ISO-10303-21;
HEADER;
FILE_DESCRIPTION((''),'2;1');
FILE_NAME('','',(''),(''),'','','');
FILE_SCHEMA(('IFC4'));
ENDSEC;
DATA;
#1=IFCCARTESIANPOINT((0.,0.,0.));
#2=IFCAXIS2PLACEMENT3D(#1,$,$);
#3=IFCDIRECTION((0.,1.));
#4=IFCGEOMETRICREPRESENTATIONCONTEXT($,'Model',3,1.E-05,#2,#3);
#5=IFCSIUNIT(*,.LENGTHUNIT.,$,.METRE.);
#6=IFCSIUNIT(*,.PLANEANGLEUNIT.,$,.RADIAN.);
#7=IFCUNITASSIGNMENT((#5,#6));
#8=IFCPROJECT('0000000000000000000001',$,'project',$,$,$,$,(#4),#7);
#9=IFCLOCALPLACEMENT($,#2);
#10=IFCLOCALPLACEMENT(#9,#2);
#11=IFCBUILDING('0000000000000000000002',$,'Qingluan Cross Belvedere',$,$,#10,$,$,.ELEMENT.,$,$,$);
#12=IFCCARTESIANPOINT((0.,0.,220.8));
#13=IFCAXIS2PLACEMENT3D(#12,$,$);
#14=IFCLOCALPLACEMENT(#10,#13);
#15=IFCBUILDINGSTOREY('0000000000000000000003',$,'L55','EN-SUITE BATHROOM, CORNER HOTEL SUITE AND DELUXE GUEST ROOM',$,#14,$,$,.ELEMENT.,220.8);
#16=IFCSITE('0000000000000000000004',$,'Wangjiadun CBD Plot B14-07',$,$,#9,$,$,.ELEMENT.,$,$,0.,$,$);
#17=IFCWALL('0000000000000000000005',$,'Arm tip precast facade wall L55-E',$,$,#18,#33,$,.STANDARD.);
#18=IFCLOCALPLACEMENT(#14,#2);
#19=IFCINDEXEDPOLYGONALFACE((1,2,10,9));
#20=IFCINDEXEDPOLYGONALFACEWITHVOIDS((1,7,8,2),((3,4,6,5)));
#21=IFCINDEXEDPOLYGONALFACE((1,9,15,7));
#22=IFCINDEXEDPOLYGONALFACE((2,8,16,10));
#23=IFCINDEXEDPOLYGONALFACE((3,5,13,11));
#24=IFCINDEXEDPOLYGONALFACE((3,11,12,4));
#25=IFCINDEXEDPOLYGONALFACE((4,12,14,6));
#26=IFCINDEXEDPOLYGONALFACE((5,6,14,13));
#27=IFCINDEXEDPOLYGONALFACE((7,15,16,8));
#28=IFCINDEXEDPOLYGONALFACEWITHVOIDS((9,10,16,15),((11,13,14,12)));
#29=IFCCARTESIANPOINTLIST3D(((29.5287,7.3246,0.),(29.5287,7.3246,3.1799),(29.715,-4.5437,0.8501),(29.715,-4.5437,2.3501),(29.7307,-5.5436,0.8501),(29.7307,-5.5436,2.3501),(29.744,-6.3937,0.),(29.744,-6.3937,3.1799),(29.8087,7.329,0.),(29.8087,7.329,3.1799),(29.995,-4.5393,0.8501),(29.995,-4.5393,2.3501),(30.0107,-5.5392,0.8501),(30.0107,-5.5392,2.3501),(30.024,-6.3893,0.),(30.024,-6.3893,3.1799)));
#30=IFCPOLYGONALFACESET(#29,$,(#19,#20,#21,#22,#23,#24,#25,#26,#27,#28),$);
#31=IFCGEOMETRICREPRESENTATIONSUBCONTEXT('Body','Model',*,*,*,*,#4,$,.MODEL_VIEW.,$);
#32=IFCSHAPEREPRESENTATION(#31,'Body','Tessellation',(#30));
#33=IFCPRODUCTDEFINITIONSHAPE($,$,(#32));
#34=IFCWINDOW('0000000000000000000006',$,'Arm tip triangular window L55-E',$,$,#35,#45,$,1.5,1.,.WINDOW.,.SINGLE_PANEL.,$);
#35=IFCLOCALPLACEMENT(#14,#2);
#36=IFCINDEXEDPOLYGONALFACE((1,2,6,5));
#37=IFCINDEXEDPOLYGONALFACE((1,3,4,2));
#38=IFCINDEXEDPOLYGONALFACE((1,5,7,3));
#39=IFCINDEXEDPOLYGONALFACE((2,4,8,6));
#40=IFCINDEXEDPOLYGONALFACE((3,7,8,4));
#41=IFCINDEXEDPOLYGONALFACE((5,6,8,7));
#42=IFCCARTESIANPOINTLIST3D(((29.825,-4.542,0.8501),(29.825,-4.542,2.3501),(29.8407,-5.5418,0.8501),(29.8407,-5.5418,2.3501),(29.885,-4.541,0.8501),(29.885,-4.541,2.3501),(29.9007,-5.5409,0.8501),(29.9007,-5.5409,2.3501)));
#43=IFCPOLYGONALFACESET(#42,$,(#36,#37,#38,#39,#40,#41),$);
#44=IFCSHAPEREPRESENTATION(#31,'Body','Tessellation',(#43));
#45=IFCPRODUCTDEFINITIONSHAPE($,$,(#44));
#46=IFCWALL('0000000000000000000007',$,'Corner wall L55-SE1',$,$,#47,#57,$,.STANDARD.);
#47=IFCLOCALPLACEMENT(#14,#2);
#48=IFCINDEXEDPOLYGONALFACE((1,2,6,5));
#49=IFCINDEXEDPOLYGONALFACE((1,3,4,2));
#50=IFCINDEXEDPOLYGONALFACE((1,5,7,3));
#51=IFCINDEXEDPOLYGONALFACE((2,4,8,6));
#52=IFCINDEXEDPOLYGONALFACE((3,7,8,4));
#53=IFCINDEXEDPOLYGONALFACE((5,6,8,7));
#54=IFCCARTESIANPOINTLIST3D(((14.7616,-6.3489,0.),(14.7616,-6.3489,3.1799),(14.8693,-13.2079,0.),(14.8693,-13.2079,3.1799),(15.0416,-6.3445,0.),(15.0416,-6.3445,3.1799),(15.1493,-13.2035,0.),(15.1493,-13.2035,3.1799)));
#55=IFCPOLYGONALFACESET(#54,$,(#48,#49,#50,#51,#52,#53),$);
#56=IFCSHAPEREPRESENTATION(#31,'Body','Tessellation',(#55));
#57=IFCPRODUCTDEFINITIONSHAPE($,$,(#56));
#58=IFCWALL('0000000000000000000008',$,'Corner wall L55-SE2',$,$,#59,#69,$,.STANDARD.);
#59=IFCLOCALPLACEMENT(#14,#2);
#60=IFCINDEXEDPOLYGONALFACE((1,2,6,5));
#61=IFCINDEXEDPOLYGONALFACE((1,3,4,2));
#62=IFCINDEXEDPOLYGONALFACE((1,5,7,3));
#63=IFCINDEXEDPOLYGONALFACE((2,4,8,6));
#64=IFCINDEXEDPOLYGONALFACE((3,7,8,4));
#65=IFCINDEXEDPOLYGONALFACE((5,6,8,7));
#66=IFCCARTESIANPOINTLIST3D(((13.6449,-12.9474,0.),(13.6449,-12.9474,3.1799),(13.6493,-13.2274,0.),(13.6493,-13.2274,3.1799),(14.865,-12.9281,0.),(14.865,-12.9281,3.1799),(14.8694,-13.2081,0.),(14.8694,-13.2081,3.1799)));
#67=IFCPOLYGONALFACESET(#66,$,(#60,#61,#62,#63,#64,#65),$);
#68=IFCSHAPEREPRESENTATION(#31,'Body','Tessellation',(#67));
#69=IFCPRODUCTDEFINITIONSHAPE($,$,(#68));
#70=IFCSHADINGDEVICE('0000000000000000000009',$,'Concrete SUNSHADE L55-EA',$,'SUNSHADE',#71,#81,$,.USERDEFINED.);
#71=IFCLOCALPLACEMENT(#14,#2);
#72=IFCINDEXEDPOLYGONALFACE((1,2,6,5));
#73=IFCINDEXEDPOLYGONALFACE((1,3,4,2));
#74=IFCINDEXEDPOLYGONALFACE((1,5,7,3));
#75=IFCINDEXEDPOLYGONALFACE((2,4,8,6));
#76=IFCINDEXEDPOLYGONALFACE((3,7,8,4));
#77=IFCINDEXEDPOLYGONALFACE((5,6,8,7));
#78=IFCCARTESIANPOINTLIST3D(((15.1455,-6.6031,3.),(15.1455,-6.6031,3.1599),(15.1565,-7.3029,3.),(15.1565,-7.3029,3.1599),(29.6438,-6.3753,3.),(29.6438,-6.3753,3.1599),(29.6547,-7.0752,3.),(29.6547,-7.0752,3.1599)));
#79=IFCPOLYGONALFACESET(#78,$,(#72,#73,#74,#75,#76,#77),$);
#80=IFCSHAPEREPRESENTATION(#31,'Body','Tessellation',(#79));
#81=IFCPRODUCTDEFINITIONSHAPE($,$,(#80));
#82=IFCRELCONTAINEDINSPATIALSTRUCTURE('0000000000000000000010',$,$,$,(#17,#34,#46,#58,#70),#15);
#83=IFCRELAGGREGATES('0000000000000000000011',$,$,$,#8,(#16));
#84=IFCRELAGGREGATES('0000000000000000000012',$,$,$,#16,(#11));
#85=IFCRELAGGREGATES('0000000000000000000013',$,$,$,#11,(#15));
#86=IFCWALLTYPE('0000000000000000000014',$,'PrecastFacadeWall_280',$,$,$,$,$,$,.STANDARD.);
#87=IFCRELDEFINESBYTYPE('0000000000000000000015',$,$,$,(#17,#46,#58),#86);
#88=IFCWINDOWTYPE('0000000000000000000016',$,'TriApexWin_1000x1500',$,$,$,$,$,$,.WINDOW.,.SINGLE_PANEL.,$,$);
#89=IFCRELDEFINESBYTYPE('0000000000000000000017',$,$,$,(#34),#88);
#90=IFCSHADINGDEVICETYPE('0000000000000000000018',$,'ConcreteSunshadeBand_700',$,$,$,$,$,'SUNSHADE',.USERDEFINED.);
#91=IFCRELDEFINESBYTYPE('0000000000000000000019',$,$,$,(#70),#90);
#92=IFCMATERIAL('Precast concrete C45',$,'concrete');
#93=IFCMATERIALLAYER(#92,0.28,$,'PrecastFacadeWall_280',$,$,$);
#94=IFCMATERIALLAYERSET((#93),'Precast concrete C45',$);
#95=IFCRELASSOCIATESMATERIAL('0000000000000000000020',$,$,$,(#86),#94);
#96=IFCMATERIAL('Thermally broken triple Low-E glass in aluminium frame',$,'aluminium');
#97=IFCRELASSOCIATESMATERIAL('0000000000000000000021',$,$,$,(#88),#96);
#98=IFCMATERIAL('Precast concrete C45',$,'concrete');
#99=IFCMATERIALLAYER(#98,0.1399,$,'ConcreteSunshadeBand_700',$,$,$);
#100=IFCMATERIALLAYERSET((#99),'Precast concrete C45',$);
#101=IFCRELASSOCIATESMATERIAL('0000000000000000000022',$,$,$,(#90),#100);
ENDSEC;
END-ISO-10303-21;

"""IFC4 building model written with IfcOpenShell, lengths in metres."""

from ifc_helpers import new_model, si_unit, direction, frame, frame_2d, origin, origin_2d, place, context, subcontext, project, spatial, rectangle, extrude, material, layer, layer_set, type_object, element, fill, save


model = new_model("IFC4")

# Units and contexts
model_context = context("Model", 3, precision=1e-05, world=origin(), true_north=direction((0.0, 1.0)))
body_context = subcontext(model_context, "Body", "Model", "MODEL_VIEW")
ifc_project = project(units=[si_unit("LENGTHUNIT", "METRE"), si_unit("PLANEANGLEUNIT", "RADIAN")], contexts=[model_context])

# Site, building, storey
site_placement = place(None, origin())
site = spatial("IfcSite", under=ifc_project, at=site_placement, Name="Wangjiadun CBD Plot B14-07", CompositionType="ELEMENT", RefElevation=0.0)
building_placement = place(site_placement, origin())
building = spatial("IfcBuilding", under=site, at=building_placement, Name="Qingluan Cross Belvedere", CompositionType="ELEMENT")
storey_placement = place(building_placement, frame((0.0, 0.0, 220.8)))
storey = spatial("IfcBuildingStorey", under=building, at=storey_placement, Name="L55", Description="EN-SUITE BATHROOM, CORNER HOTEL SUITE AND DELUXE GUEST ROOM", CompositionType="ELEMENT", Elevation=220.8)

# Shared definitions
ifc_material_1 = material(Name="Precast concrete C45", Category="concrete")
ifc_layer_1 = layer(ifc_material_1, 0.28, Name="PrecastFacadeWall_280")
ifc_layer_set_1 = layer_set([ifc_layer_1], Name="Precast concrete C45")
wall_type_1 = type_object("IfcWallType", Name="PrecastFacadeWall_280", PredefinedType="STANDARD", material=ifc_layer_set_1)

# Wall, opening, window
wall_1_placement = place(storey_placement, frame((29.884, -6.3914, 0.0), z_axis=(0.0, 0.0, 1.0), x_axis=(-0.015695, 0.999877, 0.0)))
wall_1 = element("IfcWall", 1, at=wall_1_placement, inside=storey, type_object=wall_type_1, Name="Arm tip precast facade wall L55-E", PredefinedType="STANDARD", context=body_context, shape_type="SweptSolid", body=[
    extrude(rectangle(XDim=13.72, YDim=0.28, at=frame_2d((6.8599, 0.0))), origin(), (0.0, 0.0, 1.0), 3.1799),
])
opening_1_placement = place(wall_1_placement, frame((0.8501, 0.0, 0.8501)))
opening_1 = element("IfcOpeningElement", 2, at=opening_1_placement, cuts=wall_1, PredefinedType="OPENING", context=body_context, shape_type="SweptSolid", body=[
    extrude(rectangle(XDim=1.0, YDim=1.5, at=frame_2d((0.5, 0.75))), frame((0.0, 0.1499, 0.0), z_axis=(0.0, -1.0, 0.0), x_axis=(1.0, 0.0, 0.0)), (0.0, 0.0, 1.0), 0.3),
])
ifc_material_2 = material(Name="Thermally broken triple Low-E glass in aluminium frame", Category="aluminium")
window_type_1 = type_object("IfcWindowType", Name="TriApexWin_1000x1500", PartitioningType="SINGLE_PANEL", PredefinedType="WINDOW", material=ifc_material_2)
window_1_placement = place(opening_1_placement, origin())
window_1 = element("IfcWindow", 3, at=window_1_placement, inside=storey, type_object=window_type_1, Name="Arm tip triangular window L55-E", OverallHeight=1.5, OverallWidth=1.0, PartitioningType="SINGLE_PANEL", PredefinedType="WINDOW", context=body_context, shape_type="SweptSolid", body=[
    extrude(rectangle(XDim=1.0, YDim=1.5, at=frame_2d((0.5, 0.75))), frame((0.0, 0.03, 0.0), z_axis=(0.0, -1.0, 0.0), x_axis=(1.0, 0.0, 0.0)), (0.0, 0.0, 1.0), 0.0601),
])
fill(opening_1, window_1)

# Walls
wall_2_placement = place(storey_placement, frame((14.9016, -6.3467, 0.0), z_axis=(0.0, 0.0, 1.0), x_axis=(0.015695, -0.999877, 0.0)))
element("IfcWall", 4, at=wall_2_placement, inside=storey, type_object=wall_type_1, Name="Corner wall L55-SE1", PredefinedType="STANDARD", context=body_context, shape_type="SweptSolid", body=[
    extrude(rectangle(XDim=6.8599, YDim=0.28, at=frame_2d((3.4299, 0.0))), origin(), (0.0, 0.0, 1.0), 3.1799),
])
wall_3_placement = place(storey_placement, frame((14.8672, -13.0681, 0.0), z_axis=(0.0, 0.0, 1.0), x_axis=(-0.999875, -0.015808, 0.0)))
element("IfcWall", 5, at=wall_3_placement, inside=storey, type_object=wall_type_1, Name="Corner wall L55-SE2", PredefinedType="STANDARD", context=body_context, shape_type="SweptSolid", body=[
    extrude(rectangle(XDim=1.2202, YDim=0.28, at=frame_2d((0.6101, 0.0))), origin(), (0.0, 0.0, 1.0), 3.1799),
])

# Shading device
ifc_material_3 = material(Name="Precast concrete C45", Category="concrete")
ifc_layer_2 = layer(ifc_material_3, 0.1399, Name="ConcreteSunshadeBand_700")
ifc_layer_set_2 = layer_set([ifc_layer_2], Name="Precast concrete C45")
shading_device_type = type_object("IfcShadingDeviceType", Name="ConcreteSunshadeBand_700", ElementType="SUNSHADE", PredefinedType="USERDEFINED", material=ifc_layer_set_2)
shading_device_placement = place(storey_placement, frame((22.4001, -6.8391, 3.0), z_axis=(0.0, 0.0, 1.0), x_axis=(0.999877, 0.015707, 0.0)))
element("IfcShadingDevice", 6, at=shading_device_placement, inside=storey, type_object=shading_device_type, Name="Concrete SUNSHADE L55-EA", ObjectType="SUNSHADE", PredefinedType="USERDEFINED", context=body_context, shape_type="SweptSolid", body=[
    extrude(rectangle(XDim=14.5, YDim=0.7, at=origin_2d()), origin(), (0.0, 0.0, 1.0), 0.1599),
])

save(model, "model.ifc")
